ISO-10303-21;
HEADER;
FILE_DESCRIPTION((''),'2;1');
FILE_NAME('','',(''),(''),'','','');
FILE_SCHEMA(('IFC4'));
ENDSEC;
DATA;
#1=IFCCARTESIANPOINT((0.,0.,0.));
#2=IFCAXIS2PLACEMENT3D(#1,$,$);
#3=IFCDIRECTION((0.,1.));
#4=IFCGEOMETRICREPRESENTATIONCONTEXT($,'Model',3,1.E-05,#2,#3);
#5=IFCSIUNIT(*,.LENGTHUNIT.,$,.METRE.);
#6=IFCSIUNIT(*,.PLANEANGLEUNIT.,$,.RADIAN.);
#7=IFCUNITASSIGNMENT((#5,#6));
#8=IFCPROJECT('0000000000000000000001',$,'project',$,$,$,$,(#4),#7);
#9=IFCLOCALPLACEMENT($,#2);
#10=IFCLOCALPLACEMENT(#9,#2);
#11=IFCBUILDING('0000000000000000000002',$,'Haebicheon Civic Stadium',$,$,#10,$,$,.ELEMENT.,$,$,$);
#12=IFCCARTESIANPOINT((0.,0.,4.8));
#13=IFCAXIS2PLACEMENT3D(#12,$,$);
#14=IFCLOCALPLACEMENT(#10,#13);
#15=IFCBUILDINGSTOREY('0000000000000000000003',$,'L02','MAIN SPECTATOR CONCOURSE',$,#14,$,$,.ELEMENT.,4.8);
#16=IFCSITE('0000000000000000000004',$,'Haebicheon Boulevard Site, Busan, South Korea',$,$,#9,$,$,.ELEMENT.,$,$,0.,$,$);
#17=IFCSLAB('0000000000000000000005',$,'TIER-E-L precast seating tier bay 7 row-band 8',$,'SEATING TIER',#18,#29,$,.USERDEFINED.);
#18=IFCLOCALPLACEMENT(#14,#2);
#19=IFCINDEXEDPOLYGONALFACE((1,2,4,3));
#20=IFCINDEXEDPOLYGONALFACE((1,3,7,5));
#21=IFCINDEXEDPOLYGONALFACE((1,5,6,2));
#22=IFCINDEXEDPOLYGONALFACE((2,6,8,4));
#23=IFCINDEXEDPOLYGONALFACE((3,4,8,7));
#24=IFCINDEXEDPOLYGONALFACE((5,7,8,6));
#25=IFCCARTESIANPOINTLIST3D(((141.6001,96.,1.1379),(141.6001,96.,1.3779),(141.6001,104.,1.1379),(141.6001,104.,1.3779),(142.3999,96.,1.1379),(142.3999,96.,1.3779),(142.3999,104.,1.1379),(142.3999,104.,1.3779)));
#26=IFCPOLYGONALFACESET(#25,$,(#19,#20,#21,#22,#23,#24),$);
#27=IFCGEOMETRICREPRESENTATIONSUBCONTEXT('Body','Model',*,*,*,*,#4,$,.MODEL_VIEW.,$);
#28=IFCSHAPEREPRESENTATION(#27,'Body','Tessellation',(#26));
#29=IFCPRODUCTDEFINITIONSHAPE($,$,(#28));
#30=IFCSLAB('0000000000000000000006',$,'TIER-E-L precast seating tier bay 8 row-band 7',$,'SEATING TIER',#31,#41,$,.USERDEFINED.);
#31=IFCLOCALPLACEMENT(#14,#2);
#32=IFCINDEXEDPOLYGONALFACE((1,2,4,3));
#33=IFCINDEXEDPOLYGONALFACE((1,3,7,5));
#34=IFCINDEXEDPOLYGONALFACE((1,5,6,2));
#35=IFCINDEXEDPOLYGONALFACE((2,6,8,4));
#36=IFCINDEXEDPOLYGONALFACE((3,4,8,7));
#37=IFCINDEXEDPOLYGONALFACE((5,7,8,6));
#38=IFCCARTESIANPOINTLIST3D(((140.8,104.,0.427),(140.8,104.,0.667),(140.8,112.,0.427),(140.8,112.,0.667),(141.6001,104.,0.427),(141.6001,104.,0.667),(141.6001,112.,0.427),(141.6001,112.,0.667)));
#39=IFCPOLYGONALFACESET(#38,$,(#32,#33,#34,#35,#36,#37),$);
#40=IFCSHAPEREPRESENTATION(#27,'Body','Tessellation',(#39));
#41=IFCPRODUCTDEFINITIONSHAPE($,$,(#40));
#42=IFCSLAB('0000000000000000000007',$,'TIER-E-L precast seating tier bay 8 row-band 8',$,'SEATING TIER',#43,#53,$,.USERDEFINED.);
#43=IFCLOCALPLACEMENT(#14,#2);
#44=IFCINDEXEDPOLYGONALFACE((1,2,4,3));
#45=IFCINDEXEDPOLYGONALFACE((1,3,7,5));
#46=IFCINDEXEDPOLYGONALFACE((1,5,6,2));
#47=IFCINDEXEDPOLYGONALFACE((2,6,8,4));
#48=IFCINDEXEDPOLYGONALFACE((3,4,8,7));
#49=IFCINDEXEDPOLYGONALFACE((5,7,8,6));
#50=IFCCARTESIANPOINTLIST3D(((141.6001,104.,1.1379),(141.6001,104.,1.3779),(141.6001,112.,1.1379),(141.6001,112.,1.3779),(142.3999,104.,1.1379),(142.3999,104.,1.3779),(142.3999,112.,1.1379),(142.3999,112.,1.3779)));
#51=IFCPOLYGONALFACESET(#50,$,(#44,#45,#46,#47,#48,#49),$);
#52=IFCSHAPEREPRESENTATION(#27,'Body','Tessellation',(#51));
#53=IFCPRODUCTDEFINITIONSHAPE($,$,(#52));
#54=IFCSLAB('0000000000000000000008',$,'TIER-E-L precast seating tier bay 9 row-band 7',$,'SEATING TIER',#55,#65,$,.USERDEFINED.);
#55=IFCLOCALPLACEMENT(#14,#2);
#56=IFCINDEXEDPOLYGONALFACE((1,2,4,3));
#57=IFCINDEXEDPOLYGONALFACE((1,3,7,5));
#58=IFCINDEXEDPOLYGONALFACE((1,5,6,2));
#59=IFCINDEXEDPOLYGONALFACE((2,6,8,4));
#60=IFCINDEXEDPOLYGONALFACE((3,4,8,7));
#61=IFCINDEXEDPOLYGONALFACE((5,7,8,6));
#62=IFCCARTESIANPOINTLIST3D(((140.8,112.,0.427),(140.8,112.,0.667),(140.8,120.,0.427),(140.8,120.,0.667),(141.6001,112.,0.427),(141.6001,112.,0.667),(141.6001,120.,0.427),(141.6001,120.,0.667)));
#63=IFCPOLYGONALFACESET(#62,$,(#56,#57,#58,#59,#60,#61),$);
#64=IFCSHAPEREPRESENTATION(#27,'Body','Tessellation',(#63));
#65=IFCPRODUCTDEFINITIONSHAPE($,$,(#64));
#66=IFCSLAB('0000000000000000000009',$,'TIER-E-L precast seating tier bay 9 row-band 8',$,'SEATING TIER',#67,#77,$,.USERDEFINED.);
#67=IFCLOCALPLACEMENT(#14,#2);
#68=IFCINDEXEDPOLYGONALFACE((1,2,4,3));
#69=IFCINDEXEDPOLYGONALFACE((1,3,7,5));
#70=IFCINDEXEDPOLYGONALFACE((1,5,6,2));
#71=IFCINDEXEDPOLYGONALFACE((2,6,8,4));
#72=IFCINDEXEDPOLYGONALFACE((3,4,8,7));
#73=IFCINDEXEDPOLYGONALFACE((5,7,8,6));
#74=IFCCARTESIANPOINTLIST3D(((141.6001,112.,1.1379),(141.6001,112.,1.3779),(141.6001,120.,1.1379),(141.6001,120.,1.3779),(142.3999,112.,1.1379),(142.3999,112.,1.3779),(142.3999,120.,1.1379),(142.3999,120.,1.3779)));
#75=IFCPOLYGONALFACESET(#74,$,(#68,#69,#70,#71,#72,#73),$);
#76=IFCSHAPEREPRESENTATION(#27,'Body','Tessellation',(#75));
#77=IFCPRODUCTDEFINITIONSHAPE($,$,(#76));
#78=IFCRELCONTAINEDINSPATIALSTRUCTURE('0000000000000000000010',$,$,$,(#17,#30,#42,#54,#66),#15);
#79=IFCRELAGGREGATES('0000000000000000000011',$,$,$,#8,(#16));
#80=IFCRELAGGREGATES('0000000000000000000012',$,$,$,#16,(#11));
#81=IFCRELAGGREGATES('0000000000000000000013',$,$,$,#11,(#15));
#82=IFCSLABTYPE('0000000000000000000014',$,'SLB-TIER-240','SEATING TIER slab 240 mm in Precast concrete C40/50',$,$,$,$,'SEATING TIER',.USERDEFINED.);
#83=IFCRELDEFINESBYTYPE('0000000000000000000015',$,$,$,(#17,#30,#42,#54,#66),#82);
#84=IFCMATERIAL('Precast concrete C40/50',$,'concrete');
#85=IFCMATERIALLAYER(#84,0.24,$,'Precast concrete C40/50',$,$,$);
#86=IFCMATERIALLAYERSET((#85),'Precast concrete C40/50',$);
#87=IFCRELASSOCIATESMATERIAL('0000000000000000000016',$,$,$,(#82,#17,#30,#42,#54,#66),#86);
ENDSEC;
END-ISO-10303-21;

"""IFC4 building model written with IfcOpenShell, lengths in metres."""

from ifc_helpers import new_model, si_unit, direction, frame, origin, place, context, subcontext, project, spatial, polyline, outline, extrude, material, layer, layer_set, type_object, element, save


model = new_model("IFC4")

# Units and contexts
model_context = context("Model", 3, precision=1e-05, world=origin(), true_north=direction((0.0, 1.0)))
body_context = subcontext(model_context, "Body", "Model", "MODEL_VIEW")
ifc_project = project(units=[si_unit("LENGTHUNIT", "METRE"), si_unit("PLANEANGLEUNIT", "RADIAN")], contexts=[model_context])

# Site, building, storey
site_placement = place(None, origin())
site = spatial("IfcSite", under=ifc_project, at=site_placement, Name="Haebicheon Boulevard Site, Busan, South Korea", CompositionType="ELEMENT", RefElevation=0.0)
building_placement = place(site_placement, origin())
building = spatial("IfcBuilding", under=site, at=building_placement, Name="Haebicheon Civic Stadium", CompositionType="ELEMENT")
storey_placement = place(building_placement, frame((0.0, 0.0, 4.8)))
storey = spatial("IfcBuildingStorey", under=building, at=storey_placement, Name="L02", Description="MAIN SPECTATOR CONCOURSE", CompositionType="ELEMENT", Elevation=4.8)

# Slabs
ifc_material = material(Name="Precast concrete C40/50", Category="concrete")
ifc_layer = layer(ifc_material, 0.24, Name="Precast concrete C40/50")
ifc_layer_set = layer_set([ifc_layer], Name="Precast concrete C40/50")
slab_type = type_object("IfcSlabType", Name="SLB-TIER-240", Description="SEATING TIER slab 240 mm in Precast concrete C40/50", ElementType="SEATING TIER", PredefinedType="USERDEFINED", material=ifc_layer_set)
slab_1_placement = place(storey_placement, frame((0.0, 0.0, 1.1379)))
element("IfcSlab", 1, at=slab_1_placement, inside=storey, type_object=slab_type, material=ifc_layer_set, Name="TIER-E-L precast seating tier bay 7 row-band 8", ObjectType="SEATING TIER", PredefinedType="USERDEFINED", context=body_context, shape_type="SweptSolid", body=[
    extrude(outline(polyline([(141.6001, 96.0), (142.3999, 96.0), (142.3999, 104.0), (141.6001, 104.0), (141.6001, 96.0)])), origin(), (0.0, 0.0, 1.0), 0.24),
])
slab_2_placement = place(storey_placement, frame((0.0, 0.0, 0.427)))
element("IfcSlab", 2, at=slab_2_placement, inside=storey, type_object=slab_type, material=ifc_layer_set, Name="TIER-E-L precast seating tier bay 8 row-band 7", ObjectType="SEATING TIER", PredefinedType="USERDEFINED", context=body_context, shape_type="SweptSolid", body=[
    extrude(outline(polyline([(140.8, 104.0), (141.6001, 104.0), (141.6001, 112.0), (140.8, 112.0), (140.8, 104.0)])), origin(), (0.0, 0.0, 1.0), 0.24),
])
slab_3_placement = place(storey_placement, frame((0.0, 0.0, 1.1379)))
element("IfcSlab", 3, at=slab_3_placement, inside=storey, type_object=slab_type, material=ifc_layer_set, Name="TIER-E-L precast seating tier bay 8 row-band 8", ObjectType="SEATING TIER", PredefinedType="USERDEFINED", context=body_context, shape_type="SweptSolid", body=[
    extrude(outline(polyline([(141.6001, 104.0), (142.3999, 104.0), (142.3999, 112.0), (141.6001, 112.0), (141.6001, 104.0)])), origin(), (0.0, 0.0, 1.0), 0.24),
])
slab_4_placement = place(storey_placement, frame((0.0, 0.0, 0.427)))
element("IfcSlab", 4, at=slab_4_placement, inside=storey, type_object=slab_type, material=ifc_layer_set, Name="TIER-E-L precast seating tier bay 9 row-band 7", ObjectType="SEATING TIER", PredefinedType="USERDEFINED", context=body_context, shape_type="SweptSolid", body=[
    extrude(outline(polyline([(140.8, 112.0), (141.6001, 112.0), (141.6001, 120.0), (140.8, 120.0), (140.8, 112.0)])), origin(), (0.0, 0.0, 1.0), 0.24),
])
slab_5_placement = place(storey_placement, frame((0.0, 0.0, 1.1379)))
element("IfcSlab", 5, at=slab_5_placement, inside=storey, type_object=slab_type, material=ifc_layer_set, Name="TIER-E-L precast seating tier bay 9 row-band 8", ObjectType="SEATING TIER", PredefinedType="USERDEFINED", context=body_context, shape_type="SweptSolid", body=[
    extrude(outline(polyline([(141.6001, 112.0), (142.3999, 112.0), (142.3999, 120.0), (141.6001, 120.0), (141.6001, 112.0)])), origin(), (0.0, 0.0, 1.0), 0.24),
])

save(model, "model.ifc")
